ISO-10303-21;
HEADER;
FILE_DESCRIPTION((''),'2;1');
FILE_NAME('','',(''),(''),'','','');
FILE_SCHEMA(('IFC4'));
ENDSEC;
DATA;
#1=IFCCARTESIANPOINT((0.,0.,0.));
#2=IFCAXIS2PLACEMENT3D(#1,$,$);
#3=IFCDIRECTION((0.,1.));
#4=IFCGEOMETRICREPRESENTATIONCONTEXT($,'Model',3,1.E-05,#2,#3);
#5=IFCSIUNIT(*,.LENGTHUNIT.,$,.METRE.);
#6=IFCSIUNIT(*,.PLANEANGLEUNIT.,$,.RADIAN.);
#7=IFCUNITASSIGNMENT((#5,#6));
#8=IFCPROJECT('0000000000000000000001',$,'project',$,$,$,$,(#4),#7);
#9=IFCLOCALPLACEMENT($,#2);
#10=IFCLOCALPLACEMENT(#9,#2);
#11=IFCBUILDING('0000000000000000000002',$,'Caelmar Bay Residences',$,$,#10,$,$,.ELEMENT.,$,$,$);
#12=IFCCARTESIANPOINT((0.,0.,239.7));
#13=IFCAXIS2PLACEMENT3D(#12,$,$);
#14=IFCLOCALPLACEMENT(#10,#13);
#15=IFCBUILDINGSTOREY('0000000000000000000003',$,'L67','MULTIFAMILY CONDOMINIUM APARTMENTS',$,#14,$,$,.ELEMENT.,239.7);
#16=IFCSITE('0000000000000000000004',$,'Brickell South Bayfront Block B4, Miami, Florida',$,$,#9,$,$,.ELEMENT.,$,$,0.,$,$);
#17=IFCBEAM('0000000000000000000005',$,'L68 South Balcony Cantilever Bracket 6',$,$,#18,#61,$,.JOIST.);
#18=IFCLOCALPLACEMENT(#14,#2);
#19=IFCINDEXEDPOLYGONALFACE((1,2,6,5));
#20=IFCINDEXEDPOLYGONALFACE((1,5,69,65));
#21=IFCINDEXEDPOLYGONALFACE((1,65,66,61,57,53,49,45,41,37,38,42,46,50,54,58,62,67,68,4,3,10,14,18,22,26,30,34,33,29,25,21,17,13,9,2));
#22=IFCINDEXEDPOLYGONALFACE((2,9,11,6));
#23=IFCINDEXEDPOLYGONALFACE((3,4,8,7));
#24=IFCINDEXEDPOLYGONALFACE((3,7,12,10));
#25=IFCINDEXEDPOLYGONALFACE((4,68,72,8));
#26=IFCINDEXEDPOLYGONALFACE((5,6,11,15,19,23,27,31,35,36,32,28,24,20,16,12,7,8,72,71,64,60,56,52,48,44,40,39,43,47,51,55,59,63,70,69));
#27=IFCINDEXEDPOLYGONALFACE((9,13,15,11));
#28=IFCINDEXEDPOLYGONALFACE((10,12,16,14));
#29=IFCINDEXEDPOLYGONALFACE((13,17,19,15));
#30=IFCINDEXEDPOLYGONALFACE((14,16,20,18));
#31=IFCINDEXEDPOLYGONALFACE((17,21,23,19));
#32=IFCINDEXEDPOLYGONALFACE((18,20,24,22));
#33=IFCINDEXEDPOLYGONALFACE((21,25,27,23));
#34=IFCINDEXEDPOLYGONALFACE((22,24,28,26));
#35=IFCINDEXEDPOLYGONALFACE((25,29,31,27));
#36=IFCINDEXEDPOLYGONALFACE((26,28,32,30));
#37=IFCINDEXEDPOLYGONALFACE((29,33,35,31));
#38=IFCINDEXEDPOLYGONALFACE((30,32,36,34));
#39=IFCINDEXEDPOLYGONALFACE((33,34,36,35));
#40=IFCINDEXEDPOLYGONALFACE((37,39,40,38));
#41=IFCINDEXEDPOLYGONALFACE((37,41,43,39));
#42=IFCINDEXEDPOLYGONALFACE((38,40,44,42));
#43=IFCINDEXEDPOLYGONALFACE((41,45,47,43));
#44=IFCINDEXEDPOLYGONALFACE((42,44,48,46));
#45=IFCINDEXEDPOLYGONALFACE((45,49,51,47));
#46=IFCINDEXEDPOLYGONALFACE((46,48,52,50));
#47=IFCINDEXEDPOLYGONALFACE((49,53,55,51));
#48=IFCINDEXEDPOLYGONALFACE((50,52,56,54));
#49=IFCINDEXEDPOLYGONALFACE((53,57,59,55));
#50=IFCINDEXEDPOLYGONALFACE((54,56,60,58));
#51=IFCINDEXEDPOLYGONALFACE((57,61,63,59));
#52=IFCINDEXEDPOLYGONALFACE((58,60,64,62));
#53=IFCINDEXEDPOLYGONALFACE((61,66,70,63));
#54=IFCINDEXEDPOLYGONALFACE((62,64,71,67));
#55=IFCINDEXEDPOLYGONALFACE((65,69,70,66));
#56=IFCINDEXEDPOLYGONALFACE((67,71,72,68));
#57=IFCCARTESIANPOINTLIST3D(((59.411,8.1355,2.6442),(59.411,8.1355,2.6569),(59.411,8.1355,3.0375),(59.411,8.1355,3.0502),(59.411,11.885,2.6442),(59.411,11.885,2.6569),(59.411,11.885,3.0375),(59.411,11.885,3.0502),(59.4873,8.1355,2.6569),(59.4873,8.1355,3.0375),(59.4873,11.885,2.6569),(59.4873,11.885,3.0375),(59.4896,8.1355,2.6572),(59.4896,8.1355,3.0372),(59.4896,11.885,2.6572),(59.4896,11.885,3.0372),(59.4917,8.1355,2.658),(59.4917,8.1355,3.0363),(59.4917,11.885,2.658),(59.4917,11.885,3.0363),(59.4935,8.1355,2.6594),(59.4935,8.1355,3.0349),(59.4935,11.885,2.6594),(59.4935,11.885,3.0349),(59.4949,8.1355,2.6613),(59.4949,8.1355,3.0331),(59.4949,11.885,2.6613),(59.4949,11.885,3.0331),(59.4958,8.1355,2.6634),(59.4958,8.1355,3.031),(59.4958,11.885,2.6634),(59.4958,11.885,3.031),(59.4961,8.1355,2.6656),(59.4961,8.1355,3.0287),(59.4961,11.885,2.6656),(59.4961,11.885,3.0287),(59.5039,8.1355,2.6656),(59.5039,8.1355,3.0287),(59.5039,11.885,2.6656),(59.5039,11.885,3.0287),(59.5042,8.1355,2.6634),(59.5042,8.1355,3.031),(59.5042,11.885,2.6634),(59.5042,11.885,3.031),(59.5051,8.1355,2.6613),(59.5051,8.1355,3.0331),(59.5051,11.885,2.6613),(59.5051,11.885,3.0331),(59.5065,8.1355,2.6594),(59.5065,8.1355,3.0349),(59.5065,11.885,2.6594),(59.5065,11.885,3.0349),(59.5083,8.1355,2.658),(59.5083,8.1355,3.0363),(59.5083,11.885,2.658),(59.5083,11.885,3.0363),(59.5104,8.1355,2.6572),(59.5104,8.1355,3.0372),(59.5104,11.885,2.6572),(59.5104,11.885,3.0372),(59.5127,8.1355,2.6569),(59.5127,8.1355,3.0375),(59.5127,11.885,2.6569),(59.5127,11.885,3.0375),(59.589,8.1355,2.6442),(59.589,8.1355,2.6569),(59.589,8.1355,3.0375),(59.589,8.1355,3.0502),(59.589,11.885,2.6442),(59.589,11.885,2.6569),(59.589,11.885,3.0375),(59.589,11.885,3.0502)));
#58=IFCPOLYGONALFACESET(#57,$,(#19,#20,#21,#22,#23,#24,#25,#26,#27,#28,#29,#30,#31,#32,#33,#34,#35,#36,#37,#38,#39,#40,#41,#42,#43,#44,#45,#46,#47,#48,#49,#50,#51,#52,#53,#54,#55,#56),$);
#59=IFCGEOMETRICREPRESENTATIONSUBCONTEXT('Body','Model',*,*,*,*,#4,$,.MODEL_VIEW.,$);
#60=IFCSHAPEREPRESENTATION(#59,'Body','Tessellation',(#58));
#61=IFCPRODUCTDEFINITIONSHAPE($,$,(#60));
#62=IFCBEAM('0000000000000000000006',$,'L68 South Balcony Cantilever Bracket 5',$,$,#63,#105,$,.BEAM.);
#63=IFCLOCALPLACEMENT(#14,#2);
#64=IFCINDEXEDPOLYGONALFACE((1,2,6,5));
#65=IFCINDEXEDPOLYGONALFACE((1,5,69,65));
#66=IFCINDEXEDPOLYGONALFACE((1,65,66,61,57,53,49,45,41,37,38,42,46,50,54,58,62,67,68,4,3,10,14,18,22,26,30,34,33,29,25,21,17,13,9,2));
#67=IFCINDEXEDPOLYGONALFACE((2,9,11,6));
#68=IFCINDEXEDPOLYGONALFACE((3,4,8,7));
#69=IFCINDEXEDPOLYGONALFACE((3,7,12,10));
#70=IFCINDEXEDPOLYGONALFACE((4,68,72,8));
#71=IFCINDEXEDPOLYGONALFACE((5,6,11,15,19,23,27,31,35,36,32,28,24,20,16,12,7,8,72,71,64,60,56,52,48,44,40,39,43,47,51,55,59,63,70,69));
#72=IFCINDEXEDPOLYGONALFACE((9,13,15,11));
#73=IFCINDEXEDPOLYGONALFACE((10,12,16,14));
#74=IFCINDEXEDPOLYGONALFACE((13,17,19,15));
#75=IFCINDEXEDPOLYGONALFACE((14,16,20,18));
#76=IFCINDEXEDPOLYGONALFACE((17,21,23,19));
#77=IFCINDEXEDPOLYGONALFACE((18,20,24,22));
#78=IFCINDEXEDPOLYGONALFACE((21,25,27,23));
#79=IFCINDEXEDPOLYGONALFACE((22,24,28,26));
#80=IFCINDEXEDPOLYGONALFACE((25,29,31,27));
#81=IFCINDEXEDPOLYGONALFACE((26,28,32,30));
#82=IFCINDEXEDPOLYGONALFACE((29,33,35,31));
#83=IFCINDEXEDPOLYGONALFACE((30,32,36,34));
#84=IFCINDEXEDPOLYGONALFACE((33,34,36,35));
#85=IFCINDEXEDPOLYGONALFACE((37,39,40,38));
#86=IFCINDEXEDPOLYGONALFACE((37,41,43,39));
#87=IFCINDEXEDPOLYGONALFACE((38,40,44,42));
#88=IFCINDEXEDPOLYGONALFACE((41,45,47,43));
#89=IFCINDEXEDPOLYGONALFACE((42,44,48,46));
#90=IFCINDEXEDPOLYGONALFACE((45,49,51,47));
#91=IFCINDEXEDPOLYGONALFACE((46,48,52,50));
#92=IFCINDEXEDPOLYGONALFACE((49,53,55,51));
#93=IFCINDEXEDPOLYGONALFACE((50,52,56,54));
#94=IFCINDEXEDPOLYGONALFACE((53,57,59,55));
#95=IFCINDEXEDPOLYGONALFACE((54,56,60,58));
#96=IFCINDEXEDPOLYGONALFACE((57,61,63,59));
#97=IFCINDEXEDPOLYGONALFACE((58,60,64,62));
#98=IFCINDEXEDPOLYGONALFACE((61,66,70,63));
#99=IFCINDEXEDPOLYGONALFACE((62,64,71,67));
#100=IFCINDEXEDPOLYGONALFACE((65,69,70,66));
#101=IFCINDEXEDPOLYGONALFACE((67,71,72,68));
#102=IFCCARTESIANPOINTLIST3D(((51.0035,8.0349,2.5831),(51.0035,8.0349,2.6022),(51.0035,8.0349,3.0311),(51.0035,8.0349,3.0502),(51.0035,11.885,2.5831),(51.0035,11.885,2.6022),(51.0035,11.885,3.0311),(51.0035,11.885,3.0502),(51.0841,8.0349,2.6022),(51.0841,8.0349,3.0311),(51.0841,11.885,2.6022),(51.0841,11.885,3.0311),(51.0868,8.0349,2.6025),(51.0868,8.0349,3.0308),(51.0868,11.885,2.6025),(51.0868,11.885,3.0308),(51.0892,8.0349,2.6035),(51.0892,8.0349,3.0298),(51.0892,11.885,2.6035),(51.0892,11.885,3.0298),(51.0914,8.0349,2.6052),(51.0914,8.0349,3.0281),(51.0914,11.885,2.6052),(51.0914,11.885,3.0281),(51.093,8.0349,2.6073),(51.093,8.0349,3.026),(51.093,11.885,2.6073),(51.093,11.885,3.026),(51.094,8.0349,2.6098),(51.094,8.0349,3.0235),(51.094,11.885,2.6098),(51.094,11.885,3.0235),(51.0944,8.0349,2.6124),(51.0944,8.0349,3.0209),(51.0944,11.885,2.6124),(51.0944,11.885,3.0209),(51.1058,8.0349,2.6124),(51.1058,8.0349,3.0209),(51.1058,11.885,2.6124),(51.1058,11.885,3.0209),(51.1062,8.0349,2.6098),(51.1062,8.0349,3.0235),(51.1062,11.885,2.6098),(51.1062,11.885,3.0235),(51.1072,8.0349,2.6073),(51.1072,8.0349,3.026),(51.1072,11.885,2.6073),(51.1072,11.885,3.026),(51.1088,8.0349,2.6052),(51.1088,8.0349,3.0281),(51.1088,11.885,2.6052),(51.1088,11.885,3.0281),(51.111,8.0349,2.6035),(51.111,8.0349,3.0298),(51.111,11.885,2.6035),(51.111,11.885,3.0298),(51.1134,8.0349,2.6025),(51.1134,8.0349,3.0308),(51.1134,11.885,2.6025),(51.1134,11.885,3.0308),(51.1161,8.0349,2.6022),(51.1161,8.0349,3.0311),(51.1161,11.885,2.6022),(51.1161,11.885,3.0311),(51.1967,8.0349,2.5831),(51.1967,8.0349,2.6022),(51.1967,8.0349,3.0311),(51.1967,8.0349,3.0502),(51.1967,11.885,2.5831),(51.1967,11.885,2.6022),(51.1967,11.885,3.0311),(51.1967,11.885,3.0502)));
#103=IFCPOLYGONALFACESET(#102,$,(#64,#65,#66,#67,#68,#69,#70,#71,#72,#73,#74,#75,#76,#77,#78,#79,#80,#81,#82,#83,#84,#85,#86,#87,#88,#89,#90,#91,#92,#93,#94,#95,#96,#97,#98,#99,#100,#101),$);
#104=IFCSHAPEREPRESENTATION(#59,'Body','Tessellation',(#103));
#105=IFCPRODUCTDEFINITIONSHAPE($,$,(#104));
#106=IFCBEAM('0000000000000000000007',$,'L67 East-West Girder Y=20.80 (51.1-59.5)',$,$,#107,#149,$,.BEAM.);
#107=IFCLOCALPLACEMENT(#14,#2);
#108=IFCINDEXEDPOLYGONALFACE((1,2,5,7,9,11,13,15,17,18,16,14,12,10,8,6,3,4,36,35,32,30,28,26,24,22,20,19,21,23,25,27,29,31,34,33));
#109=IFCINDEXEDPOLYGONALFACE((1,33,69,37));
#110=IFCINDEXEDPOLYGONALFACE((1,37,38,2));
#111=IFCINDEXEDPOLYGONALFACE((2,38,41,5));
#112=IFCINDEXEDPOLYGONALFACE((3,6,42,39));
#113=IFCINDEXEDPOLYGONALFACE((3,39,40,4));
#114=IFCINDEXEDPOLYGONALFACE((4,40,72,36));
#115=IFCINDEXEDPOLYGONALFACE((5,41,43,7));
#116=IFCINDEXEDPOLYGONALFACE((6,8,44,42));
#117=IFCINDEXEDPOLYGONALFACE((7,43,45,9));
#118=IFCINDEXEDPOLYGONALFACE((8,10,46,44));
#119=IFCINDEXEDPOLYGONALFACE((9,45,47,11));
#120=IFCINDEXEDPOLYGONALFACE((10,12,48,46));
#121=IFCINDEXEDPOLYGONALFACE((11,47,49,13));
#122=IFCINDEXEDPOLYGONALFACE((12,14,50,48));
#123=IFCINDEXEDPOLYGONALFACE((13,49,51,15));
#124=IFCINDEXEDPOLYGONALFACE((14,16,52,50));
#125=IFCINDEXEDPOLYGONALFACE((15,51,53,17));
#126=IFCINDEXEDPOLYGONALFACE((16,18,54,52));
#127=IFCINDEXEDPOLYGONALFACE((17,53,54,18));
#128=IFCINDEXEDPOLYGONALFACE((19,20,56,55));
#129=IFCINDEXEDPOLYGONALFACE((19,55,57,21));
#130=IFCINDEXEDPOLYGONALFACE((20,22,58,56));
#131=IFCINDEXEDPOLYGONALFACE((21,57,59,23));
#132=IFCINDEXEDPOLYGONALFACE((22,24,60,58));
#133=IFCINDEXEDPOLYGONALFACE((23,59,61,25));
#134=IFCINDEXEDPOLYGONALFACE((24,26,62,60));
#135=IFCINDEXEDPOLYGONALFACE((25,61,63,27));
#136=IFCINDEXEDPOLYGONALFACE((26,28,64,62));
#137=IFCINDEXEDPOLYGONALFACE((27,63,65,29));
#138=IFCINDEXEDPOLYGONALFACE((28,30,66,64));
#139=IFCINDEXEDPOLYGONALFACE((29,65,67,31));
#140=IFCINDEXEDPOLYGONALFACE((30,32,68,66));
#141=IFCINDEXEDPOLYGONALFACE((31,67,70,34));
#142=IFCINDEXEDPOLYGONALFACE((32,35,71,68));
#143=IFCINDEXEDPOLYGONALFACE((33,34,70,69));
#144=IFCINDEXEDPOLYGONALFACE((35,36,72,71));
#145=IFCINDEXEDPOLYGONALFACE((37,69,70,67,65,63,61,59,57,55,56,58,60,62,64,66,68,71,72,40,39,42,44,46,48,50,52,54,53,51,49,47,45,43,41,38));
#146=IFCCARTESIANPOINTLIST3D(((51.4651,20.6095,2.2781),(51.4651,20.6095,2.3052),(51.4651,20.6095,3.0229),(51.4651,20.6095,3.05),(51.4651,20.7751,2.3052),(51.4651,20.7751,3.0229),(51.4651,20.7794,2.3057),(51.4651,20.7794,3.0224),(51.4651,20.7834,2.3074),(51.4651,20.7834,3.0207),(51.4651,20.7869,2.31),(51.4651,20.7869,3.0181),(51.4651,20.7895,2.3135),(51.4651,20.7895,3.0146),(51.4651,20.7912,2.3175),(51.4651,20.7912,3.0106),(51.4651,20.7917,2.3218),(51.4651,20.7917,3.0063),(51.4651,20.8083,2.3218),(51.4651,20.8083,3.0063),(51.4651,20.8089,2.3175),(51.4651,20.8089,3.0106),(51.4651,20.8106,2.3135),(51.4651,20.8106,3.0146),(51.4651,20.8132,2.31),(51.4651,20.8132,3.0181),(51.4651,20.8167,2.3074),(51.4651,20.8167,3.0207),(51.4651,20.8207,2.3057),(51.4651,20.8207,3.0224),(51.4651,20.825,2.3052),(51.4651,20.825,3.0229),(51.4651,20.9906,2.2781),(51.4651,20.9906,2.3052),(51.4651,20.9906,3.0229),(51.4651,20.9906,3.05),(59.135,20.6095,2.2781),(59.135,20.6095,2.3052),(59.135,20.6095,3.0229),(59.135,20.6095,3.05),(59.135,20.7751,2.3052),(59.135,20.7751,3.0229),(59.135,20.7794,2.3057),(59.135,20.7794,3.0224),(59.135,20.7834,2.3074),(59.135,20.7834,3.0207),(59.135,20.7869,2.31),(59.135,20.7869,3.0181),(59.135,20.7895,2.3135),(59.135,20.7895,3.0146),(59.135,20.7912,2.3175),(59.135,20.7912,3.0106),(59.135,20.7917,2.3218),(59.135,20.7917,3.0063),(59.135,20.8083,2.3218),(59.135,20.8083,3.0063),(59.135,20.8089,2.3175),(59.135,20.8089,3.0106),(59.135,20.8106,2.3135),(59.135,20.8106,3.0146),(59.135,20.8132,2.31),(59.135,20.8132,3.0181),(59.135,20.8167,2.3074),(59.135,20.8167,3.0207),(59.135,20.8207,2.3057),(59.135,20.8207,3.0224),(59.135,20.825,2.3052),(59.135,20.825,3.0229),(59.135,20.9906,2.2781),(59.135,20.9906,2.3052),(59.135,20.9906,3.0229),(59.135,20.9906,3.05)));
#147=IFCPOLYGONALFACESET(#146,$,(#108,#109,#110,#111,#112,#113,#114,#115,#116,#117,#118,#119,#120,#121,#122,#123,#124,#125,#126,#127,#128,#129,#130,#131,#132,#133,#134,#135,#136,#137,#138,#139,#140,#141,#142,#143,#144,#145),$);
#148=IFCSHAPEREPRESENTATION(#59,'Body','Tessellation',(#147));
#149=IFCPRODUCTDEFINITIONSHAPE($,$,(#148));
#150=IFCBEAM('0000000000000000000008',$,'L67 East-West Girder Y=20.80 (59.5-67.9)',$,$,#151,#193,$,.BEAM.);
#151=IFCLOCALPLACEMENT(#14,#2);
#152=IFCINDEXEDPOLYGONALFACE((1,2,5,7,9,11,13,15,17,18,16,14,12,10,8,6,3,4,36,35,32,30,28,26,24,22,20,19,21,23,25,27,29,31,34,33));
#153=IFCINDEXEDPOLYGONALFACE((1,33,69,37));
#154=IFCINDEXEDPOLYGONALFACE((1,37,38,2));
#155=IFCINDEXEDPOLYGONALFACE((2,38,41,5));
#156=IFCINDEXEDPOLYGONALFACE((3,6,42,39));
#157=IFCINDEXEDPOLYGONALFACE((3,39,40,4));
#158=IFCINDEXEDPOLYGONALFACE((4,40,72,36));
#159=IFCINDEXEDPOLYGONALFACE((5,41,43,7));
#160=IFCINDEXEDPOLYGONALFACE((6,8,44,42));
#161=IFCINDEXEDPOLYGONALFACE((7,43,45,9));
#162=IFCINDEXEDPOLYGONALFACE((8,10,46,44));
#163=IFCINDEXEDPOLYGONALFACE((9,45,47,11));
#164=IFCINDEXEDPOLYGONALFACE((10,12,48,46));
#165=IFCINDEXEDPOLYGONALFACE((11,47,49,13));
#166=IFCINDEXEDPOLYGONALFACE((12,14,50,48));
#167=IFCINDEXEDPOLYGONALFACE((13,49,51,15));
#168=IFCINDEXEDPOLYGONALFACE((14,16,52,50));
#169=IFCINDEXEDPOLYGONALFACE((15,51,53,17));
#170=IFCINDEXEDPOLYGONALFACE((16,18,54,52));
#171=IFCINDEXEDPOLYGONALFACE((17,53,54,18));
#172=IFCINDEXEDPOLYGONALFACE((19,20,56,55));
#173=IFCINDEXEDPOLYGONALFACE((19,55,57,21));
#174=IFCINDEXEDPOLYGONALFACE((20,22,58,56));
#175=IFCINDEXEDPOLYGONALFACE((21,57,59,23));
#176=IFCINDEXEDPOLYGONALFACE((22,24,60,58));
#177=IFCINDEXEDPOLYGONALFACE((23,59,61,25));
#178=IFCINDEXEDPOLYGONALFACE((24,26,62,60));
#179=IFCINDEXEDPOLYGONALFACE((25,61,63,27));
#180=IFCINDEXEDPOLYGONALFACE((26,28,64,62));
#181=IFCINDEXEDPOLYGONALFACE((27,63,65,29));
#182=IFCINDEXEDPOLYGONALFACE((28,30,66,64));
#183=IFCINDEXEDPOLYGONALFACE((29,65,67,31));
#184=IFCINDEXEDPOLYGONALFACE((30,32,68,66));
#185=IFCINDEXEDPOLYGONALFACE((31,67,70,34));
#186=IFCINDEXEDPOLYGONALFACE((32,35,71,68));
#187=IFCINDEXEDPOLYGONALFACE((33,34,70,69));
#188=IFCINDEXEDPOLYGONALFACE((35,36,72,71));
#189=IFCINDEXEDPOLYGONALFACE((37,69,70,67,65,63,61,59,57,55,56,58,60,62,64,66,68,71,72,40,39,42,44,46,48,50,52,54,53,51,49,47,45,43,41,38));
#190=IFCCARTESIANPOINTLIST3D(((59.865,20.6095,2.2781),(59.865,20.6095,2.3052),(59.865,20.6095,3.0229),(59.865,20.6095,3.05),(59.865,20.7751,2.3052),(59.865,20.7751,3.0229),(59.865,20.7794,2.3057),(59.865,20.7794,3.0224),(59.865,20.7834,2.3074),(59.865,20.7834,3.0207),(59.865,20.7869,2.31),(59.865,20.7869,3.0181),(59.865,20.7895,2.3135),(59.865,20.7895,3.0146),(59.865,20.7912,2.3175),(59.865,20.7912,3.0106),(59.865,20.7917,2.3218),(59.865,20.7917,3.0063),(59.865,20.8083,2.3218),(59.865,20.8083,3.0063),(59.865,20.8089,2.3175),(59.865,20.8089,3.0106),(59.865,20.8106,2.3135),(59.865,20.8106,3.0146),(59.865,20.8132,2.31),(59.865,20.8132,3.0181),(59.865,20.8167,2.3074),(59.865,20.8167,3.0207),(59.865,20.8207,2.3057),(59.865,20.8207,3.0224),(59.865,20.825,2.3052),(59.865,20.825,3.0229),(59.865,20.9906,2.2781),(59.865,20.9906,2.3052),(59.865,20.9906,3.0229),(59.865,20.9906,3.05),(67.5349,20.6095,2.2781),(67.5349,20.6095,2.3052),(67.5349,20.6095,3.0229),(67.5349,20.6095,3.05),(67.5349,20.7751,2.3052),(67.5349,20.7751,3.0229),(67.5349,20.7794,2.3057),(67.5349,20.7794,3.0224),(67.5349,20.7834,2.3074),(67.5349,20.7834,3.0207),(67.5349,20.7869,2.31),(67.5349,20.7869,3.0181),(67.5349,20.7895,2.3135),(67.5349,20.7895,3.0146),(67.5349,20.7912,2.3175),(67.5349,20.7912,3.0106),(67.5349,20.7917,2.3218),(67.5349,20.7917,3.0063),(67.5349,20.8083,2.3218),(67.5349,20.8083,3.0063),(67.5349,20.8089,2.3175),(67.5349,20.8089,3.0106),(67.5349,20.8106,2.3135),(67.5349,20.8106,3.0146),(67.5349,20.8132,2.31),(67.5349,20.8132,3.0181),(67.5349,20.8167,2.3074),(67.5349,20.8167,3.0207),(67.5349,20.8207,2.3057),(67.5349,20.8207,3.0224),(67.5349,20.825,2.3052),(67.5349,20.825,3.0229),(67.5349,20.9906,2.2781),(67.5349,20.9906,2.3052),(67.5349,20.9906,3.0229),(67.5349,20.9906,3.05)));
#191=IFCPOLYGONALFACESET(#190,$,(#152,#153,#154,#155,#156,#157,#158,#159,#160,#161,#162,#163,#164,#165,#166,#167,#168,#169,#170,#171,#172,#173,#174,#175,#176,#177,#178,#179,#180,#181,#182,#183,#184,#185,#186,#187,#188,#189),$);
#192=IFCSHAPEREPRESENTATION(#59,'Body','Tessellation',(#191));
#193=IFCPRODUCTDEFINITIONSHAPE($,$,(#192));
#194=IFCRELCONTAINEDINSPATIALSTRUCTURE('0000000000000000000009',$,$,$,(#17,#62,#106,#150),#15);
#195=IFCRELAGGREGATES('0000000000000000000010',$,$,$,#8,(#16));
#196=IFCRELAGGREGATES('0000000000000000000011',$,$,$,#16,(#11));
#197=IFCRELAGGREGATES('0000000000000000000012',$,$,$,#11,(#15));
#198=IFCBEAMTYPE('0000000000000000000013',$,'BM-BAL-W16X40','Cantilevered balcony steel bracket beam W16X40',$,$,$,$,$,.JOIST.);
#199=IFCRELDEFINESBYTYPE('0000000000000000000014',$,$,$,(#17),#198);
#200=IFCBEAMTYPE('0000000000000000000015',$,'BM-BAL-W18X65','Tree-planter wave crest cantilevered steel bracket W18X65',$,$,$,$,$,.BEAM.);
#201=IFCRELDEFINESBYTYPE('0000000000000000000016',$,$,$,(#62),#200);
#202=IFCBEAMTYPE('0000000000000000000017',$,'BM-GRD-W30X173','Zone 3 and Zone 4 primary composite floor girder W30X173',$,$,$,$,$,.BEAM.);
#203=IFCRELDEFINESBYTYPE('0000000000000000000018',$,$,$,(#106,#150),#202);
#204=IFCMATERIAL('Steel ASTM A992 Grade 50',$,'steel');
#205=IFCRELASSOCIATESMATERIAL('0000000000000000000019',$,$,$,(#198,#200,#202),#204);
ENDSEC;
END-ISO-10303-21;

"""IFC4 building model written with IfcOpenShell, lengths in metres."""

from ifc_helpers import new_model, si_unit, direction, frame, origin, origin_2d, place, context, subcontext, project, spatial, i_section, extrude, material, material_profile, profile_set, type_object, element, save


model = new_model("IFC4")

# Units and contexts
model_context = context("Model", 3, precision=1e-05, world=origin(), true_north=direction((0.0, 1.0)))
body_context = subcontext(model_context, "Body", "Model", "MODEL_VIEW")
ifc_project = project(units=[si_unit("LENGTHUNIT", "METRE"), si_unit("PLANEANGLEUNIT", "RADIAN")], contexts=[model_context])

# Site, building, storey
site_placement = place(None, origin())
site = spatial("IfcSite", under=ifc_project, at=site_placement, Name="Brickell South Bayfront Block B4, Miami, Florida", CompositionType="ELEMENT", RefElevation=0.0)
building_placement = place(site_placement, origin())
building = spatial("IfcBuilding", under=site, at=building_placement, Name="Caelmar Bay Residences", CompositionType="ELEMENT")
storey_placement = place(building_placement, frame((0.0, 0.0, 239.7)))
storey = spatial("IfcBuildingStorey", under=building, at=storey_placement, Name="L67", Description="MULTIFAMILY CONDOMINIUM APARTMENTS", CompositionType="ELEMENT", Elevation=239.7)

# Beams
ifc_material_1 = material(Name="Steel ASTM A992 Grade 50", Category="steel")
ifc_material_profile_1 = material_profile(ifc_material_1, i_section(OverallWidth=0.178, OverallDepth=0.406, WebThickness=0.0078, FlangeThickness=0.0127, FilletRadius=0.0088, at=origin_2d()), Name="W16X40")
ifc_profile_set_1 = profile_set([ifc_material_profile_1], Name="Steel ASTM A992 Grade 50")
beam_type_1 = type_object("IfcBeamType", Name="BM-BAL-W16X40", Description="Cantilevered balcony steel bracket beam W16X40", PredefinedType="JOIST", material=ifc_profile_set_1)
beam_1_placement = place(storey_placement, frame((59.5, 11.885, 2.8472), z_axis=(0.0, -1.0, 0.0), x_axis=(1.0, 0.0, 0.0)))
element("IfcBeam", 1, at=beam_1_placement, inside=storey, type_object=beam_type_1, Name="L68 South Balcony Cantilever Bracket 6", PredefinedType="JOIST", context=body_context, shape_type="SweptSolid", body=[
    extrude(i_section(OverallWidth=0.178, OverallDepth=0.406, WebThickness=0.0078, FlangeThickness=0.0127, FilletRadius=0.0088, at=origin_2d()), origin(), (0.0, 0.0, 1.0), 3.7495),
])
ifc_material_profile_2 = material_profile(ifc_material_1, i_section(OverallWidth=0.1931, OverallDepth=0.467, WebThickness=0.0115, FlangeThickness=0.019, FilletRadius=0.0103, at=origin_2d()), Name="W18X65")
ifc_profile_set_2 = profile_set([ifc_material_profile_2], Name="Steel ASTM A992 Grade 50")
beam_type_2 = type_object("IfcBeamType", Name="BM-BAL-W18X65", Description="Tree-planter wave crest cantilevered steel bracket W18X65", PredefinedType="BEAM", material=ifc_profile_set_2)
beam_2_placement = place(storey_placement, frame((51.1001, 11.885, 2.8167), z_axis=(0.0, -1.0, 0.0), x_axis=(1.0, 0.0, 0.0)))
element("IfcBeam", 2, at=beam_2_placement, inside=storey, type_object=beam_type_2, Name="L68 South Balcony Cantilever Bracket 5", PredefinedType="BEAM", context=body_context, shape_type="SweptSolid", body=[
    extrude(i_section(OverallWidth=0.1931, OverallDepth=0.467, WebThickness=0.0115, FlangeThickness=0.019, FilletRadius=0.0103, at=origin_2d()), origin(), (0.0, 0.0, 1.0), 3.8501),
])
ifc_material_profile_3 = material_profile(ifc_material_1, i_section(OverallWidth=0.3811, OverallDepth=0.772, WebThickness=0.0166, FlangeThickness=0.0271, FilletRadius=0.0166, at=origin_2d()), Name="W30X173")
ifc_profile_set_3 = profile_set([ifc_material_profile_3], Name="Steel ASTM A992 Grade 50")
beam_type_3 = type_object("IfcBeamType", Name="BM-GRD-W30X173", Description="Zone 3 and Zone 4 primary composite floor girder W30X173", PredefinedType="BEAM", material=ifc_profile_set_3)
for number, where, z_axis, x_axis, name in (
    (3, (51.4651, 20.8, 2.6641), (1.0, 0.0, 0.0), (0.0, 1.0, 0.0), "L67 East-West Girder Y=20.80 (51.1-59.5)"),
    (4, (59.865, 20.8, 2.6641), (1.0, 0.0, 0.0), (0.0, 1.0, 0.0), "L67 East-West Girder Y=20.80 (59.5-67.9)"),
):
    element("IfcBeam", number, at=place(storey_placement, frame(where, z_axis=z_axis, x_axis=x_axis)), inside=storey, type_object=beam_type_3, Name=name, PredefinedType="BEAM", context=body_context, shape_type="SweptSolid", body=[
        extrude(i_section(OverallWidth=0.3811, OverallDepth=0.772, WebThickness=0.0166, FlangeThickness=0.0271, FilletRadius=0.0166, at=origin_2d()), origin(), (0.0, 0.0, 1.0), 7.6699),
    ])

save(model, "model.ifc")
